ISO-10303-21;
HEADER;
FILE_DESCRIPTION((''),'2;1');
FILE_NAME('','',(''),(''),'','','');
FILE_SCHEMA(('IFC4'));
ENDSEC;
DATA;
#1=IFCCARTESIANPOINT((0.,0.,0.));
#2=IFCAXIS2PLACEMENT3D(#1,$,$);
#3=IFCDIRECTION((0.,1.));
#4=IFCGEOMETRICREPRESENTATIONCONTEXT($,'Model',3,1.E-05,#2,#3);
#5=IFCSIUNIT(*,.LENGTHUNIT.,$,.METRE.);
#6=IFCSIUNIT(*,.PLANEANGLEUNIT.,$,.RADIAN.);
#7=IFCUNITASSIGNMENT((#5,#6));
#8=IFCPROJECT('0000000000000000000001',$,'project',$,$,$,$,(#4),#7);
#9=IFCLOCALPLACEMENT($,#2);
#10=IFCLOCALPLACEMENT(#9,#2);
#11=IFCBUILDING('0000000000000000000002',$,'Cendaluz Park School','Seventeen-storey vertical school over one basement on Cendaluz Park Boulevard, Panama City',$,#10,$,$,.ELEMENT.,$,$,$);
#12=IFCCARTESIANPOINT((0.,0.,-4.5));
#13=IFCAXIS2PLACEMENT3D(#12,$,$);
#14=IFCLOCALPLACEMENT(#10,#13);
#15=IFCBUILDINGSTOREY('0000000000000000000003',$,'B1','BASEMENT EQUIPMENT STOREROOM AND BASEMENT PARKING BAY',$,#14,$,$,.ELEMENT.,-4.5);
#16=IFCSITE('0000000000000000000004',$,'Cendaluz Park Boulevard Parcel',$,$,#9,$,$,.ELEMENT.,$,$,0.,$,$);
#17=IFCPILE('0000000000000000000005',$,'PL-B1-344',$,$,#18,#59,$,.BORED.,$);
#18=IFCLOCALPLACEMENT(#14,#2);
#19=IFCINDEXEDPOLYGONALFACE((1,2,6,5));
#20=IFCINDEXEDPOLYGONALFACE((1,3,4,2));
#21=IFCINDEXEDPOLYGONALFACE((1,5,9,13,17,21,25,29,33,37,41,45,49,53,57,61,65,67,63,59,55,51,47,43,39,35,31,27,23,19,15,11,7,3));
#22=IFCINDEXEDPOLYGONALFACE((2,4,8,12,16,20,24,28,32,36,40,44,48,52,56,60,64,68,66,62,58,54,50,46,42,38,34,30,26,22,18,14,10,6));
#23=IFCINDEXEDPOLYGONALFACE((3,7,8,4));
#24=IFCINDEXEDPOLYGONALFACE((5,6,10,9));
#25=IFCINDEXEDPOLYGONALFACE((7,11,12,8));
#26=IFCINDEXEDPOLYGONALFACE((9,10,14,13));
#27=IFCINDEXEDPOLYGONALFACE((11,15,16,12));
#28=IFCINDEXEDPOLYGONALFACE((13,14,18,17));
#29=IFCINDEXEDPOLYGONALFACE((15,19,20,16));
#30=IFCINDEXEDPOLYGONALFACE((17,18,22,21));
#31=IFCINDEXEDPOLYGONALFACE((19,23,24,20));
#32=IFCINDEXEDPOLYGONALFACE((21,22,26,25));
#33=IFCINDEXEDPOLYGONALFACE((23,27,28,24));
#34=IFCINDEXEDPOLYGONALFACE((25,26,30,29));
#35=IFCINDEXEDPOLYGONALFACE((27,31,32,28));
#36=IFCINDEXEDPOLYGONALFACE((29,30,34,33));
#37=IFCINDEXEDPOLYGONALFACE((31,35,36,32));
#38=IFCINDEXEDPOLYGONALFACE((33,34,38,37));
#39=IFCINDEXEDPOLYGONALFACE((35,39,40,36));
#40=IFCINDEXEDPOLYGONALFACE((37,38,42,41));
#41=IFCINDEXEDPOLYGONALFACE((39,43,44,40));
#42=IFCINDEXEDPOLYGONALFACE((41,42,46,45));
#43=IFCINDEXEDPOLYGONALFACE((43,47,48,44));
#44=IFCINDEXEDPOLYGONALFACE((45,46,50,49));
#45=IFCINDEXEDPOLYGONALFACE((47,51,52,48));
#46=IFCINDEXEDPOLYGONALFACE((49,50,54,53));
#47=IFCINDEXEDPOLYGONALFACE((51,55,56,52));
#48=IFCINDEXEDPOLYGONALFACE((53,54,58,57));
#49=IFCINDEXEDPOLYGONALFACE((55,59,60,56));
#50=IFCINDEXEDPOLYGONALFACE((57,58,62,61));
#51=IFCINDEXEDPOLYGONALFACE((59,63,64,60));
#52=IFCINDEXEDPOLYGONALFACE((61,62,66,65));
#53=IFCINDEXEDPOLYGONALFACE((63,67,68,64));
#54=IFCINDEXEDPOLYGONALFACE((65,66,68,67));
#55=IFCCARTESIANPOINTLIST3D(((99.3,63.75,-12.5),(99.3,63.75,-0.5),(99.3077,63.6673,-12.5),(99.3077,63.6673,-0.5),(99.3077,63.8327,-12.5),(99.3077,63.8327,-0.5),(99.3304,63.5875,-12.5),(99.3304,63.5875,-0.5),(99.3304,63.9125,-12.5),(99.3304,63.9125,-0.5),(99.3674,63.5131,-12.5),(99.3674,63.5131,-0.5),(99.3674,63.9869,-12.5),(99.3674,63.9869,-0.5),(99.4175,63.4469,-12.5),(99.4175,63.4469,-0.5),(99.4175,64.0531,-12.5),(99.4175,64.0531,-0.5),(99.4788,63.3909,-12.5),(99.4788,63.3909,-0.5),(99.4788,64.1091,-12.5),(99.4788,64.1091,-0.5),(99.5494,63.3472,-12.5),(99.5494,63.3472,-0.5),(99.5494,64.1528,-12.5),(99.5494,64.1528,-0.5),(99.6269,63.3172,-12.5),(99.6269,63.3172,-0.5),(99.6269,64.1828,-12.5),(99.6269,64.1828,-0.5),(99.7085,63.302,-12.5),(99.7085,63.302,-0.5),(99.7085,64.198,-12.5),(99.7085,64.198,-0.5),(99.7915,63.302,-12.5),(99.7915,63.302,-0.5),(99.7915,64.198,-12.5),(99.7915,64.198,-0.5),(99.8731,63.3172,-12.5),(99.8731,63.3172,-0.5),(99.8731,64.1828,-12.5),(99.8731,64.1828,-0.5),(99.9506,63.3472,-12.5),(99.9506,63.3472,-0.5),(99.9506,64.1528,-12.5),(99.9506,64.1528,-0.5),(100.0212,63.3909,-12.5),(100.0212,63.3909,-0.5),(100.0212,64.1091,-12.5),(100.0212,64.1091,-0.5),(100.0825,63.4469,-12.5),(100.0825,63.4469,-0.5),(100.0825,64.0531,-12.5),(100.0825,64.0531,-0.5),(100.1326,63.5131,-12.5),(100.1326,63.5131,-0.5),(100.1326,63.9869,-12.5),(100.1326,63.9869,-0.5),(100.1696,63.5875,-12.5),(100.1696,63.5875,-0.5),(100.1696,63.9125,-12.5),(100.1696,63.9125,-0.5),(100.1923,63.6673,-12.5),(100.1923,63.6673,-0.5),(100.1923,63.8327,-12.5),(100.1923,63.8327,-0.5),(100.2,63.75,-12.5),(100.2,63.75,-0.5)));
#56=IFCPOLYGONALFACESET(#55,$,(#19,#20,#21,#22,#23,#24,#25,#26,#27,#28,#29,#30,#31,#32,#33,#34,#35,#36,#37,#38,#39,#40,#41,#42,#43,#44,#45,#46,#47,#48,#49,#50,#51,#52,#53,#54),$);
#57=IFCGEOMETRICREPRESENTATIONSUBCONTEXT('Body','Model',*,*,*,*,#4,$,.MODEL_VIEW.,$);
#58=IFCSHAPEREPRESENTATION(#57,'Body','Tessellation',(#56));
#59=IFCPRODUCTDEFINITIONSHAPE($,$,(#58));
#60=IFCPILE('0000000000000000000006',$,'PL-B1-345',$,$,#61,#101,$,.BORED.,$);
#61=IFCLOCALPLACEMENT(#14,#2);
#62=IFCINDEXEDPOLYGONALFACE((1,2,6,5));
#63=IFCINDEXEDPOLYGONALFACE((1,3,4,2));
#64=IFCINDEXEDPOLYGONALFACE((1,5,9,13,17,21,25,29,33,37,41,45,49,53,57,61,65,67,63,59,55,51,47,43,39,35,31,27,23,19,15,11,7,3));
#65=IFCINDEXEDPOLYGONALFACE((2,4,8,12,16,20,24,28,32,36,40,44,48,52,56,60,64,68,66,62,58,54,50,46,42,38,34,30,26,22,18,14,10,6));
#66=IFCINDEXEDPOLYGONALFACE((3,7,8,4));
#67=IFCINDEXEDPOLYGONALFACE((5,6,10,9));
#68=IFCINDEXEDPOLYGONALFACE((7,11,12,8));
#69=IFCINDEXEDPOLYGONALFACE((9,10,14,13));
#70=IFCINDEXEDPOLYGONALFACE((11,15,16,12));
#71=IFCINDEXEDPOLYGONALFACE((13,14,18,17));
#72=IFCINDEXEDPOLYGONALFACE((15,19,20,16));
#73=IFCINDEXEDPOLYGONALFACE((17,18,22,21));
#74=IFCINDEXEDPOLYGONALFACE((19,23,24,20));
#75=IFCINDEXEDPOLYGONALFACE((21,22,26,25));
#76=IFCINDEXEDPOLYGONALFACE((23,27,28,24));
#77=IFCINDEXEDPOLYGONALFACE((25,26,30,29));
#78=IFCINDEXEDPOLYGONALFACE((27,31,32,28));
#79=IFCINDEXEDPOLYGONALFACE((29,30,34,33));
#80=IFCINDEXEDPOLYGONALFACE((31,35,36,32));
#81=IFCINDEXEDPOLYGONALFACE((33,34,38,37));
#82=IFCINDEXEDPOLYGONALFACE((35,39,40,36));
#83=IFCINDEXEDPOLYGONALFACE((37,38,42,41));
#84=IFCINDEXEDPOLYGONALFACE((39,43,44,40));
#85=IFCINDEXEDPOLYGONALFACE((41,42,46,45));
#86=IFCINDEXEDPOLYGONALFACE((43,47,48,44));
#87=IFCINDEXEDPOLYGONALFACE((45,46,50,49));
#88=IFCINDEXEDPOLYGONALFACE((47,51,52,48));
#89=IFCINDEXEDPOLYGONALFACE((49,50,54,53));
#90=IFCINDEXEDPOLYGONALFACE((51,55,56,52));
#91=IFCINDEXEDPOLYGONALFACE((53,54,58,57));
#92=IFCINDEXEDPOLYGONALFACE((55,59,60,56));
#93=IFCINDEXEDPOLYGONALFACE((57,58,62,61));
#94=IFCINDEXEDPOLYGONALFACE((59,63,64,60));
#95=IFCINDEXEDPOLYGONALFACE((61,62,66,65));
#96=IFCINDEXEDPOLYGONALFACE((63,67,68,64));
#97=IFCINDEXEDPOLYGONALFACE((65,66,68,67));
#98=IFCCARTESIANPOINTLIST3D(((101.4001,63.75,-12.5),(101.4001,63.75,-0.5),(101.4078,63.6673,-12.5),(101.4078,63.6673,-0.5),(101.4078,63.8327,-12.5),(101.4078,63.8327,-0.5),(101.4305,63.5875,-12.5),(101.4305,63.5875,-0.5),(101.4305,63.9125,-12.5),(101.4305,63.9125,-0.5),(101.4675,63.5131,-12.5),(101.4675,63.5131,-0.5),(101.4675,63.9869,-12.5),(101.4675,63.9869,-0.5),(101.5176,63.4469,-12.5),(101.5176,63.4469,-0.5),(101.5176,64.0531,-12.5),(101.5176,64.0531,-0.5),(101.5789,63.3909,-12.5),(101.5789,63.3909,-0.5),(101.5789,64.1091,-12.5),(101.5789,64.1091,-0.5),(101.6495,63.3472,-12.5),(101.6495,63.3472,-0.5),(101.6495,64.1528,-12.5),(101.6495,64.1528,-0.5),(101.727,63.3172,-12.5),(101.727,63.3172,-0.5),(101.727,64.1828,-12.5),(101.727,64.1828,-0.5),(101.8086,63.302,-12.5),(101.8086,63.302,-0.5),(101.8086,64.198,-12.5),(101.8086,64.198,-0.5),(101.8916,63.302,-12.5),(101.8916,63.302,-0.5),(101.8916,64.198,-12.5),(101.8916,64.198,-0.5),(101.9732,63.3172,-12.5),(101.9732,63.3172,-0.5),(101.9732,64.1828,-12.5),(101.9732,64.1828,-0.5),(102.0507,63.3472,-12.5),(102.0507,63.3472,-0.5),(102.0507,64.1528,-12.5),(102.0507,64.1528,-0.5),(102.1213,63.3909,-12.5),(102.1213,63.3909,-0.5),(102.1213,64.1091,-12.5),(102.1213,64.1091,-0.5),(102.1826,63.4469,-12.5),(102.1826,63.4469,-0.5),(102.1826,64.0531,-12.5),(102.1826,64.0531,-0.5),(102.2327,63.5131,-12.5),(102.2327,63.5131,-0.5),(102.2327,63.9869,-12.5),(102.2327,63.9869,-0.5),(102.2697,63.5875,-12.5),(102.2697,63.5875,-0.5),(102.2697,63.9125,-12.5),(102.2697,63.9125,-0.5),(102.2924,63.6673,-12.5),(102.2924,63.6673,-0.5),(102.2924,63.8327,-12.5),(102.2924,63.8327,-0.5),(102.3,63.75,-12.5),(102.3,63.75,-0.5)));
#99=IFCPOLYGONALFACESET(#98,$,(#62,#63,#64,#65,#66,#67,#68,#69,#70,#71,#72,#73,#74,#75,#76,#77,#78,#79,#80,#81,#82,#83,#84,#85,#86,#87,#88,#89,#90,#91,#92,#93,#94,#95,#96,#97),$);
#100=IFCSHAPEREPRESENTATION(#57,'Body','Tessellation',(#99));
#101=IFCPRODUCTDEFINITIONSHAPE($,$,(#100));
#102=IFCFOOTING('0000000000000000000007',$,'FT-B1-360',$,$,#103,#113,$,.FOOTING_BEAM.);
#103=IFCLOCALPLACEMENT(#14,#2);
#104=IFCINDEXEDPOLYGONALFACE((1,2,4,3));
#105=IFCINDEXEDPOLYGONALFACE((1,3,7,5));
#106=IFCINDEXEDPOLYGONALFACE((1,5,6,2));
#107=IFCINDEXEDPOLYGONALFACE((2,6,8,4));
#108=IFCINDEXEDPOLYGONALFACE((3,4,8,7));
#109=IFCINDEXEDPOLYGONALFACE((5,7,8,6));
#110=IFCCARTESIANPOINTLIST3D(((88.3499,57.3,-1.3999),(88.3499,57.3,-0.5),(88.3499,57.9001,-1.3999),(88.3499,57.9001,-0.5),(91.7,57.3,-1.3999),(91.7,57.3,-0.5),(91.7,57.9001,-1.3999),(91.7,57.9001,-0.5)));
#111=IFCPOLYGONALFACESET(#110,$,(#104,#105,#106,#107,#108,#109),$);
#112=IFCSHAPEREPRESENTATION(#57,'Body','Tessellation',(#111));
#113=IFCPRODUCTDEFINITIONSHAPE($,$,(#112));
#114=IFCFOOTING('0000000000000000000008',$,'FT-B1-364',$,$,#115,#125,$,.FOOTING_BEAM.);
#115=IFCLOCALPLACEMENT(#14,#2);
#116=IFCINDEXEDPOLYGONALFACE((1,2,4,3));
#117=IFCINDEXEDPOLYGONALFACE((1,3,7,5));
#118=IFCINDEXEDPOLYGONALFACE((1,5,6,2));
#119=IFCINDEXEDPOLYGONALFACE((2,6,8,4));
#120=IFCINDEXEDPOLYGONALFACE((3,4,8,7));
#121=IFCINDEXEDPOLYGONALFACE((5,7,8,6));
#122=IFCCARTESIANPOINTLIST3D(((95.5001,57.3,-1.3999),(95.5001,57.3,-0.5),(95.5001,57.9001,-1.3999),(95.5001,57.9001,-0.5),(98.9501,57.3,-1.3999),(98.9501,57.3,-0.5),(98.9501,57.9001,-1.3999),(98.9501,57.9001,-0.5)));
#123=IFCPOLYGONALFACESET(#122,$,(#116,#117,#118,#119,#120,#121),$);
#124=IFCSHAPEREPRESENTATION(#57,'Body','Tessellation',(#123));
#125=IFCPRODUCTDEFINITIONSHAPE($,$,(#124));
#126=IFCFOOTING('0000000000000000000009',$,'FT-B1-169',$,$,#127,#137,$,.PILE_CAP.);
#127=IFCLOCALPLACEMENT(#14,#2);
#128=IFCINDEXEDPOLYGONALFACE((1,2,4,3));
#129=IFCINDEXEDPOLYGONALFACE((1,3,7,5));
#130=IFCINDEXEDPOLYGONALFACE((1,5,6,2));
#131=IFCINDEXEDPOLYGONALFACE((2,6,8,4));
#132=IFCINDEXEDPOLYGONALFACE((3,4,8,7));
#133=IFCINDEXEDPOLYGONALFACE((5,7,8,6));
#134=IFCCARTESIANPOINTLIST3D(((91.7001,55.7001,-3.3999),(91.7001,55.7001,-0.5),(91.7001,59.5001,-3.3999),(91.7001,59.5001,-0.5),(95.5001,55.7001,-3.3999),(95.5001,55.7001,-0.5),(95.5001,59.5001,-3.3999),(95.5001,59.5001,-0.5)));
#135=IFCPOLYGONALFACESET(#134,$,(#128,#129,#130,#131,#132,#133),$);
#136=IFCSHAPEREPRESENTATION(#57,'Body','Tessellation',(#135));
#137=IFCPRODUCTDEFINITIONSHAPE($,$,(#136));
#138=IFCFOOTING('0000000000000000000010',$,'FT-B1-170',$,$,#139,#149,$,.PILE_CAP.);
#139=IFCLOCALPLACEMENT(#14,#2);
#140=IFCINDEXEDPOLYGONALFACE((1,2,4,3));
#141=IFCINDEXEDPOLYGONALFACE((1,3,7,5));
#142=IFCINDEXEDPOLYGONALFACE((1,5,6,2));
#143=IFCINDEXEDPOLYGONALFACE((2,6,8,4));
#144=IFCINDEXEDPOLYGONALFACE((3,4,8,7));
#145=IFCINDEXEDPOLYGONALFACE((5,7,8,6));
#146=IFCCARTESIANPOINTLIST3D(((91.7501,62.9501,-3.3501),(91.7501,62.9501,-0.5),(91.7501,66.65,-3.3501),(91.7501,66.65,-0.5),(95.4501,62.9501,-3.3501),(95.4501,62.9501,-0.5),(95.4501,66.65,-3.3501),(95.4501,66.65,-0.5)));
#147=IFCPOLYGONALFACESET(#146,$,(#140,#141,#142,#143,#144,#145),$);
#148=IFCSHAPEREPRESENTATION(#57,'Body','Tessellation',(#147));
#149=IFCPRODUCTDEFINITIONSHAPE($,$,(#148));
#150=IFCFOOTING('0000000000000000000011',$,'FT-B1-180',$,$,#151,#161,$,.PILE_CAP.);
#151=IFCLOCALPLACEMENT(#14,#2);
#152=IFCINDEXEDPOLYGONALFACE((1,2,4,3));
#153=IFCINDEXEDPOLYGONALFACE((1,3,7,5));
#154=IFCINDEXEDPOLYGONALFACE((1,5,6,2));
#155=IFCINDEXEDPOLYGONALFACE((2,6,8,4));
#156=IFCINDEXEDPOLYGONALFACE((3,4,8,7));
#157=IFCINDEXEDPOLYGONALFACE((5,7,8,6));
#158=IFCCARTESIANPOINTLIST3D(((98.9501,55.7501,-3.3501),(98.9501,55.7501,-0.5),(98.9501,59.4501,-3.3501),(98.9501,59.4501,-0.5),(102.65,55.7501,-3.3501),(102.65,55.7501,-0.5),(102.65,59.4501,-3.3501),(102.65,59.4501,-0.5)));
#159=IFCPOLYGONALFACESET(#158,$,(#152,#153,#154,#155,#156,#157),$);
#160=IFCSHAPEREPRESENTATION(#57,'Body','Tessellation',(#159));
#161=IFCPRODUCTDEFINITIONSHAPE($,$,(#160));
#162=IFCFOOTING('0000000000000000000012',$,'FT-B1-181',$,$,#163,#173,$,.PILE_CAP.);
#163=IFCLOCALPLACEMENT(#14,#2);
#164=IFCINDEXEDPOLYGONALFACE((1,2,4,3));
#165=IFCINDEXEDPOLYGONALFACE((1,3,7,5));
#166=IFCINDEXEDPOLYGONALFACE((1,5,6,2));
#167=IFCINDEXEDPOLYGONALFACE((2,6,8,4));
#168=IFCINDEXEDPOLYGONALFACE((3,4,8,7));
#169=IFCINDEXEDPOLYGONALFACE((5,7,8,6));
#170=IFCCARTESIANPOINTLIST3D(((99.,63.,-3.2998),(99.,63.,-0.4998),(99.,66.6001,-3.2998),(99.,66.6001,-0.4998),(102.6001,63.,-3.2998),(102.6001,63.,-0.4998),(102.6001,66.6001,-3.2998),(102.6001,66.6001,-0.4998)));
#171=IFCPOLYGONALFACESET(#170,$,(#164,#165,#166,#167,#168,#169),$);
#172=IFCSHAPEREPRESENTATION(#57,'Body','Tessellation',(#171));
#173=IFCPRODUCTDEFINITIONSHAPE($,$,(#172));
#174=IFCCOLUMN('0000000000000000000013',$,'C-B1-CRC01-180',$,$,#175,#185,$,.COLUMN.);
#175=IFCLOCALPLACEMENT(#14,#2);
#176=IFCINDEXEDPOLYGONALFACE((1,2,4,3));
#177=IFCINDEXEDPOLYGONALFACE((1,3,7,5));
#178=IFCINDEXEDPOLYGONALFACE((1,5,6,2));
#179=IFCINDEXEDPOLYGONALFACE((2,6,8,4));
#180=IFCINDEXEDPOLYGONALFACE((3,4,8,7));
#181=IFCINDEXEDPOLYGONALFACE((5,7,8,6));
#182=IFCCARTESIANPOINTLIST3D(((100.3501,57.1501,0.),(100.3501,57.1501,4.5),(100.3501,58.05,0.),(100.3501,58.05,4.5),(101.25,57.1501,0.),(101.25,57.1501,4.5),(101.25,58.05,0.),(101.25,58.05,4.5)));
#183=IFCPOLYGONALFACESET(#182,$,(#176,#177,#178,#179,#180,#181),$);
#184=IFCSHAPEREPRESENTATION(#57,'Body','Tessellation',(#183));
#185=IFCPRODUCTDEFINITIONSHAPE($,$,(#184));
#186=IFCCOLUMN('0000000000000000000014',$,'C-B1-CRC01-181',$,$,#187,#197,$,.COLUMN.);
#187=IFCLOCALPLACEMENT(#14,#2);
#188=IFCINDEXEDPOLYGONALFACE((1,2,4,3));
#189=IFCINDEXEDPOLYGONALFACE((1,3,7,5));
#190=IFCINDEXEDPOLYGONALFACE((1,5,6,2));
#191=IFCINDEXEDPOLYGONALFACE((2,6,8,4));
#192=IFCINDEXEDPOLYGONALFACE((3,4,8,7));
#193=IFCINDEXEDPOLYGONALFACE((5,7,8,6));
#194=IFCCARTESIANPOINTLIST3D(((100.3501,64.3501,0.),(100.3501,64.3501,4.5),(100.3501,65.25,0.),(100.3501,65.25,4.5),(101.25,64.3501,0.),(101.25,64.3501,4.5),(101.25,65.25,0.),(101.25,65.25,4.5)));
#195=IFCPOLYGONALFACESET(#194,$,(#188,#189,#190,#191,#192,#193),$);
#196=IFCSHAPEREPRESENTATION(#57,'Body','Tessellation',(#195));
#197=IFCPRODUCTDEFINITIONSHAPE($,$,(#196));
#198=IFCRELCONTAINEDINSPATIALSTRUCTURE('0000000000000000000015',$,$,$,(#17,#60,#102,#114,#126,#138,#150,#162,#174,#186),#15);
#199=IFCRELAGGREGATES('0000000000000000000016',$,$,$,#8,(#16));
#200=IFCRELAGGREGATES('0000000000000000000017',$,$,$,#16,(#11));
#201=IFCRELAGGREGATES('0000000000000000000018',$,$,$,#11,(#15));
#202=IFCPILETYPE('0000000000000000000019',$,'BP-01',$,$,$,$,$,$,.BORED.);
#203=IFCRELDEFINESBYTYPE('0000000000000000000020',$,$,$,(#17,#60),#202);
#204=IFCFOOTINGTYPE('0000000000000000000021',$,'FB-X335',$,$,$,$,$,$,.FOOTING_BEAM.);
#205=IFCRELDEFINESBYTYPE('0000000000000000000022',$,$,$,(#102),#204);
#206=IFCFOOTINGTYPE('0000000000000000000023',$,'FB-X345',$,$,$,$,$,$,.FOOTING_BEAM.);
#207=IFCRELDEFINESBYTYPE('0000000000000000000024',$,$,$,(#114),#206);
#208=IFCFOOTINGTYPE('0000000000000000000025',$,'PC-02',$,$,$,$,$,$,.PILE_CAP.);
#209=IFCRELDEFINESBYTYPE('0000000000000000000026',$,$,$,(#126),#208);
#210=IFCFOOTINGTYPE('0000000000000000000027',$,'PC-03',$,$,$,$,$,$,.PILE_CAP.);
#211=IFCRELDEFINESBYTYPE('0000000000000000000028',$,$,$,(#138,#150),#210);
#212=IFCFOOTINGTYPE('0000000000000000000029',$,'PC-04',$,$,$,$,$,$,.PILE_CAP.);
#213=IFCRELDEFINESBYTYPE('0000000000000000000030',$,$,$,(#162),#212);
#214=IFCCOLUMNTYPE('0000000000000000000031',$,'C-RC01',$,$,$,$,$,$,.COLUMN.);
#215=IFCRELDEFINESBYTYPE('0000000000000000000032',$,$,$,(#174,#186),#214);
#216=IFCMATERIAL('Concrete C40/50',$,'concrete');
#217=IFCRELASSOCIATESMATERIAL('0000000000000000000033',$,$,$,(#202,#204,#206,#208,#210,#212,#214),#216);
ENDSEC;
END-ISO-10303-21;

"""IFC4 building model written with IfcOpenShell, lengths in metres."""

from ifc_helpers import new_model, si_unit, direction, frame, origin, origin_2d, place, context, subcontext, project, spatial, rectangle, circle, extrude, material, material_profile, profile_set, type_object, element, save


model = new_model("IFC4")

# Units and contexts
model_context = context("Model", 3, precision=1e-05, world=origin(), true_north=direction((0.0, 1.0)))
body_context = subcontext(model_context, "Body", "Model", "MODEL_VIEW")
ifc_project = project(units=[si_unit("LENGTHUNIT", "METRE"), si_unit("PLANEANGLEUNIT", "RADIAN")], contexts=[model_context])

# Site, building, storey
site_placement = place(None, origin())
site = spatial("IfcSite", under=ifc_project, at=site_placement, Name="Cendaluz Park Boulevard Parcel", CompositionType="ELEMENT", RefElevation=0.0)
building_placement = place(site_placement, origin())
building = spatial("IfcBuilding", under=site, at=building_placement, Name="Cendaluz Park School", Description="Seventeen-storey vertical school over one basement on Cendaluz Park Boulevard, Panama City", CompositionType="ELEMENT")
storey_placement = place(building_placement, frame((0.0, 0.0, -4.5)))
storey = spatial("IfcBuildingStorey", under=building, at=storey_placement, Name="B1", Description="BASEMENT EQUIPMENT STOREROOM AND BASEMENT PARKING BAY", CompositionType="ELEMENT", Elevation=-4.5)

# Piles
ifc_material_1 = material(Name="Concrete C40/50", Category="concrete")
ifc_material_profile_1 = material_profile(ifc_material_1, circle(Radius=0.45, at=origin_2d()), Name="BP D900", Category="concrete")
ifc_profile_set_1 = profile_set([ifc_material_profile_1], Name="Concrete C40/50")
pile_type = type_object("IfcPileType", Name="BP-01", PredefinedType="BORED", material=ifc_profile_set_1)
for number, where, z_axis, x_axis, name in (
    (1, (99.75, 63.75, -0.5), (0.0, 0.0, -1.0), (1.0, 0.0, 0.0), "PL-B1-344"),
    (2, (101.8501, 63.75, -0.5), (0.0, 0.0, -1.0), (1.0, 0.0, 0.0), "PL-B1-345"),
):
    element("IfcPile", number, at=place(storey_placement, frame(where, z_axis=z_axis, x_axis=x_axis)), inside=storey, type_object=pile_type, Name=name, PredefinedType="BORED", context=body_context, shape_type="SweptSolid", body=[
        extrude(circle(Radius=0.45, at=origin_2d()), origin(), (0.0, 0.0, 1.0), 12.0),
    ])

# Footings
footing_type_1 = type_object("IfcFootingType", Name="FB-X335", PredefinedType="FOOTING_BEAM", material=ifc_material_1)
footing_1_placement = place(storey_placement, frame((90.0249, 57.6001, -1.3999), z_axis=(0.0, 0.0, 1.0), x_axis=(1.0, 0.0, 0.0)))
element("IfcFooting", 3, at=footing_1_placement, inside=storey, type_object=footing_type_1, Name="FT-B1-360", PredefinedType="FOOTING_BEAM", context=body_context, shape_type="SweptSolid", body=[
    extrude(rectangle(XDim=3.3501, YDim=0.6001, at=origin_2d()), origin(), (0.0, 0.0, 1.0), 0.8999),
])
footing_type_2 = type_object("IfcFootingType", Name="FB-X345", PredefinedType="FOOTING_BEAM", material=ifc_material_1)
footing_2_placement = place(storey_placement, frame((97.2251, 57.6001, -1.3999), z_axis=(0.0, 0.0, 1.0), x_axis=(1.0, 0.0, 0.0)))
element("IfcFooting", 4, at=footing_2_placement, inside=storey, type_object=footing_type_2, Name="FT-B1-364", PredefinedType="FOOTING_BEAM", context=body_context, shape_type="SweptSolid", body=[
    extrude(rectangle(XDim=3.45, YDim=0.6001, at=origin_2d()), origin(), (0.0, 0.0, 1.0), 0.8999),
])
footing_type_3 = type_object("IfcFootingType", Name="PC-02", PredefinedType="PILE_CAP", material=ifc_material_1)
footing_3_placement = place(storey_placement, frame((93.6001, 57.6001, -3.3999), z_axis=(0.0, 0.0, 1.0), x_axis=(1.0, 0.0, 0.0)))
element("IfcFooting", 5, at=footing_3_placement, inside=storey, type_object=footing_type_3, Name="FT-B1-169", PredefinedType="PILE_CAP", context=body_context, shape_type="SweptSolid", body=[
    extrude(rectangle(XDim=3.8, YDim=3.8, at=origin_2d()), origin(), (0.0, 0.0, 1.0), 2.8999),
])
footing_type_4 = type_object("IfcFootingType", Name="PC-03", PredefinedType="PILE_CAP", material=ifc_material_1)
for number, where, z_axis, x_axis, name in (
    (6, (93.6001, 64.8, -3.3501), (0.0, 0.0, 1.0), (1.0, 0.0, 0.0), "FT-B1-170"),
    (7, (100.8, 57.6001, -3.3501), (0.0, 0.0, 1.0), (1.0, 0.0, 0.0), "FT-B1-180"),
):
    element("IfcFooting", number, at=place(storey_placement, frame(where, z_axis=z_axis, x_axis=x_axis)), inside=storey, type_object=footing_type_4, Name=name, PredefinedType="PILE_CAP", context=body_context, shape_type="SweptSolid", body=[
        extrude(rectangle(XDim=3.7, YDim=3.7, at=origin_2d()), origin(), (0.0, 0.0, 1.0), 2.8501),
    ])
footing_type_5 = type_object("IfcFootingType", Name="PC-04", PredefinedType="PILE_CAP", material=ifc_material_1)
footing_4_placement = place(storey_placement, frame((100.8, 64.8, -3.2998), z_axis=(0.0, 0.0, 1.0), x_axis=(1.0, 0.0, 0.0)))
element("IfcFooting", 8, at=footing_4_placement, inside=storey, type_object=footing_type_5, Name="FT-B1-181", PredefinedType="PILE_CAP", context=body_context, shape_type="SweptSolid", body=[
    extrude(rectangle(XDim=3.6001, YDim=3.6001, at=origin_2d()), origin(), (0.0, 0.0, 1.0), 2.8),
])

# Columns
ifc_material_profile_2 = material_profile(ifc_material_1, rectangle(XDim=0.8999, YDim=0.8999, at=origin_2d()), Name="RC 900x900", Category="concrete")
ifc_profile_set_2 = profile_set([ifc_material_profile_2], Name="Concrete C40/50")
column_type_1 = type_object("IfcColumnType", Name="C-RC01", PredefinedType="COLUMN", material=ifc_profile_set_2)
for number, where, z_axis, x_axis, name in (
    (9, (100.8, 57.6001, 0.0), (0.0, 0.0, 1.0), (1.0, 0.0, 0.0), "C-B1-CRC01-180"),
    (10, (100.8, 64.8, 0.0), (0.0, 0.0, 1.0), (1.0, 0.0, 0.0), "C-B1-CRC01-181"),
):
    element("IfcColumn", number, at=place(storey_placement, frame(where, z_axis=z_axis, x_axis=x_axis)), inside=storey, type_object=column_type_1, Name=name, PredefinedType="COLUMN", context=body_context, shape_type="SweptSolid", body=[
        extrude(rectangle(XDim=0.8999, YDim=0.8999, at=origin_2d()), origin(), (0.0, 0.0, 1.0), 4.5),
    ])

save(model, "model.ifc")
